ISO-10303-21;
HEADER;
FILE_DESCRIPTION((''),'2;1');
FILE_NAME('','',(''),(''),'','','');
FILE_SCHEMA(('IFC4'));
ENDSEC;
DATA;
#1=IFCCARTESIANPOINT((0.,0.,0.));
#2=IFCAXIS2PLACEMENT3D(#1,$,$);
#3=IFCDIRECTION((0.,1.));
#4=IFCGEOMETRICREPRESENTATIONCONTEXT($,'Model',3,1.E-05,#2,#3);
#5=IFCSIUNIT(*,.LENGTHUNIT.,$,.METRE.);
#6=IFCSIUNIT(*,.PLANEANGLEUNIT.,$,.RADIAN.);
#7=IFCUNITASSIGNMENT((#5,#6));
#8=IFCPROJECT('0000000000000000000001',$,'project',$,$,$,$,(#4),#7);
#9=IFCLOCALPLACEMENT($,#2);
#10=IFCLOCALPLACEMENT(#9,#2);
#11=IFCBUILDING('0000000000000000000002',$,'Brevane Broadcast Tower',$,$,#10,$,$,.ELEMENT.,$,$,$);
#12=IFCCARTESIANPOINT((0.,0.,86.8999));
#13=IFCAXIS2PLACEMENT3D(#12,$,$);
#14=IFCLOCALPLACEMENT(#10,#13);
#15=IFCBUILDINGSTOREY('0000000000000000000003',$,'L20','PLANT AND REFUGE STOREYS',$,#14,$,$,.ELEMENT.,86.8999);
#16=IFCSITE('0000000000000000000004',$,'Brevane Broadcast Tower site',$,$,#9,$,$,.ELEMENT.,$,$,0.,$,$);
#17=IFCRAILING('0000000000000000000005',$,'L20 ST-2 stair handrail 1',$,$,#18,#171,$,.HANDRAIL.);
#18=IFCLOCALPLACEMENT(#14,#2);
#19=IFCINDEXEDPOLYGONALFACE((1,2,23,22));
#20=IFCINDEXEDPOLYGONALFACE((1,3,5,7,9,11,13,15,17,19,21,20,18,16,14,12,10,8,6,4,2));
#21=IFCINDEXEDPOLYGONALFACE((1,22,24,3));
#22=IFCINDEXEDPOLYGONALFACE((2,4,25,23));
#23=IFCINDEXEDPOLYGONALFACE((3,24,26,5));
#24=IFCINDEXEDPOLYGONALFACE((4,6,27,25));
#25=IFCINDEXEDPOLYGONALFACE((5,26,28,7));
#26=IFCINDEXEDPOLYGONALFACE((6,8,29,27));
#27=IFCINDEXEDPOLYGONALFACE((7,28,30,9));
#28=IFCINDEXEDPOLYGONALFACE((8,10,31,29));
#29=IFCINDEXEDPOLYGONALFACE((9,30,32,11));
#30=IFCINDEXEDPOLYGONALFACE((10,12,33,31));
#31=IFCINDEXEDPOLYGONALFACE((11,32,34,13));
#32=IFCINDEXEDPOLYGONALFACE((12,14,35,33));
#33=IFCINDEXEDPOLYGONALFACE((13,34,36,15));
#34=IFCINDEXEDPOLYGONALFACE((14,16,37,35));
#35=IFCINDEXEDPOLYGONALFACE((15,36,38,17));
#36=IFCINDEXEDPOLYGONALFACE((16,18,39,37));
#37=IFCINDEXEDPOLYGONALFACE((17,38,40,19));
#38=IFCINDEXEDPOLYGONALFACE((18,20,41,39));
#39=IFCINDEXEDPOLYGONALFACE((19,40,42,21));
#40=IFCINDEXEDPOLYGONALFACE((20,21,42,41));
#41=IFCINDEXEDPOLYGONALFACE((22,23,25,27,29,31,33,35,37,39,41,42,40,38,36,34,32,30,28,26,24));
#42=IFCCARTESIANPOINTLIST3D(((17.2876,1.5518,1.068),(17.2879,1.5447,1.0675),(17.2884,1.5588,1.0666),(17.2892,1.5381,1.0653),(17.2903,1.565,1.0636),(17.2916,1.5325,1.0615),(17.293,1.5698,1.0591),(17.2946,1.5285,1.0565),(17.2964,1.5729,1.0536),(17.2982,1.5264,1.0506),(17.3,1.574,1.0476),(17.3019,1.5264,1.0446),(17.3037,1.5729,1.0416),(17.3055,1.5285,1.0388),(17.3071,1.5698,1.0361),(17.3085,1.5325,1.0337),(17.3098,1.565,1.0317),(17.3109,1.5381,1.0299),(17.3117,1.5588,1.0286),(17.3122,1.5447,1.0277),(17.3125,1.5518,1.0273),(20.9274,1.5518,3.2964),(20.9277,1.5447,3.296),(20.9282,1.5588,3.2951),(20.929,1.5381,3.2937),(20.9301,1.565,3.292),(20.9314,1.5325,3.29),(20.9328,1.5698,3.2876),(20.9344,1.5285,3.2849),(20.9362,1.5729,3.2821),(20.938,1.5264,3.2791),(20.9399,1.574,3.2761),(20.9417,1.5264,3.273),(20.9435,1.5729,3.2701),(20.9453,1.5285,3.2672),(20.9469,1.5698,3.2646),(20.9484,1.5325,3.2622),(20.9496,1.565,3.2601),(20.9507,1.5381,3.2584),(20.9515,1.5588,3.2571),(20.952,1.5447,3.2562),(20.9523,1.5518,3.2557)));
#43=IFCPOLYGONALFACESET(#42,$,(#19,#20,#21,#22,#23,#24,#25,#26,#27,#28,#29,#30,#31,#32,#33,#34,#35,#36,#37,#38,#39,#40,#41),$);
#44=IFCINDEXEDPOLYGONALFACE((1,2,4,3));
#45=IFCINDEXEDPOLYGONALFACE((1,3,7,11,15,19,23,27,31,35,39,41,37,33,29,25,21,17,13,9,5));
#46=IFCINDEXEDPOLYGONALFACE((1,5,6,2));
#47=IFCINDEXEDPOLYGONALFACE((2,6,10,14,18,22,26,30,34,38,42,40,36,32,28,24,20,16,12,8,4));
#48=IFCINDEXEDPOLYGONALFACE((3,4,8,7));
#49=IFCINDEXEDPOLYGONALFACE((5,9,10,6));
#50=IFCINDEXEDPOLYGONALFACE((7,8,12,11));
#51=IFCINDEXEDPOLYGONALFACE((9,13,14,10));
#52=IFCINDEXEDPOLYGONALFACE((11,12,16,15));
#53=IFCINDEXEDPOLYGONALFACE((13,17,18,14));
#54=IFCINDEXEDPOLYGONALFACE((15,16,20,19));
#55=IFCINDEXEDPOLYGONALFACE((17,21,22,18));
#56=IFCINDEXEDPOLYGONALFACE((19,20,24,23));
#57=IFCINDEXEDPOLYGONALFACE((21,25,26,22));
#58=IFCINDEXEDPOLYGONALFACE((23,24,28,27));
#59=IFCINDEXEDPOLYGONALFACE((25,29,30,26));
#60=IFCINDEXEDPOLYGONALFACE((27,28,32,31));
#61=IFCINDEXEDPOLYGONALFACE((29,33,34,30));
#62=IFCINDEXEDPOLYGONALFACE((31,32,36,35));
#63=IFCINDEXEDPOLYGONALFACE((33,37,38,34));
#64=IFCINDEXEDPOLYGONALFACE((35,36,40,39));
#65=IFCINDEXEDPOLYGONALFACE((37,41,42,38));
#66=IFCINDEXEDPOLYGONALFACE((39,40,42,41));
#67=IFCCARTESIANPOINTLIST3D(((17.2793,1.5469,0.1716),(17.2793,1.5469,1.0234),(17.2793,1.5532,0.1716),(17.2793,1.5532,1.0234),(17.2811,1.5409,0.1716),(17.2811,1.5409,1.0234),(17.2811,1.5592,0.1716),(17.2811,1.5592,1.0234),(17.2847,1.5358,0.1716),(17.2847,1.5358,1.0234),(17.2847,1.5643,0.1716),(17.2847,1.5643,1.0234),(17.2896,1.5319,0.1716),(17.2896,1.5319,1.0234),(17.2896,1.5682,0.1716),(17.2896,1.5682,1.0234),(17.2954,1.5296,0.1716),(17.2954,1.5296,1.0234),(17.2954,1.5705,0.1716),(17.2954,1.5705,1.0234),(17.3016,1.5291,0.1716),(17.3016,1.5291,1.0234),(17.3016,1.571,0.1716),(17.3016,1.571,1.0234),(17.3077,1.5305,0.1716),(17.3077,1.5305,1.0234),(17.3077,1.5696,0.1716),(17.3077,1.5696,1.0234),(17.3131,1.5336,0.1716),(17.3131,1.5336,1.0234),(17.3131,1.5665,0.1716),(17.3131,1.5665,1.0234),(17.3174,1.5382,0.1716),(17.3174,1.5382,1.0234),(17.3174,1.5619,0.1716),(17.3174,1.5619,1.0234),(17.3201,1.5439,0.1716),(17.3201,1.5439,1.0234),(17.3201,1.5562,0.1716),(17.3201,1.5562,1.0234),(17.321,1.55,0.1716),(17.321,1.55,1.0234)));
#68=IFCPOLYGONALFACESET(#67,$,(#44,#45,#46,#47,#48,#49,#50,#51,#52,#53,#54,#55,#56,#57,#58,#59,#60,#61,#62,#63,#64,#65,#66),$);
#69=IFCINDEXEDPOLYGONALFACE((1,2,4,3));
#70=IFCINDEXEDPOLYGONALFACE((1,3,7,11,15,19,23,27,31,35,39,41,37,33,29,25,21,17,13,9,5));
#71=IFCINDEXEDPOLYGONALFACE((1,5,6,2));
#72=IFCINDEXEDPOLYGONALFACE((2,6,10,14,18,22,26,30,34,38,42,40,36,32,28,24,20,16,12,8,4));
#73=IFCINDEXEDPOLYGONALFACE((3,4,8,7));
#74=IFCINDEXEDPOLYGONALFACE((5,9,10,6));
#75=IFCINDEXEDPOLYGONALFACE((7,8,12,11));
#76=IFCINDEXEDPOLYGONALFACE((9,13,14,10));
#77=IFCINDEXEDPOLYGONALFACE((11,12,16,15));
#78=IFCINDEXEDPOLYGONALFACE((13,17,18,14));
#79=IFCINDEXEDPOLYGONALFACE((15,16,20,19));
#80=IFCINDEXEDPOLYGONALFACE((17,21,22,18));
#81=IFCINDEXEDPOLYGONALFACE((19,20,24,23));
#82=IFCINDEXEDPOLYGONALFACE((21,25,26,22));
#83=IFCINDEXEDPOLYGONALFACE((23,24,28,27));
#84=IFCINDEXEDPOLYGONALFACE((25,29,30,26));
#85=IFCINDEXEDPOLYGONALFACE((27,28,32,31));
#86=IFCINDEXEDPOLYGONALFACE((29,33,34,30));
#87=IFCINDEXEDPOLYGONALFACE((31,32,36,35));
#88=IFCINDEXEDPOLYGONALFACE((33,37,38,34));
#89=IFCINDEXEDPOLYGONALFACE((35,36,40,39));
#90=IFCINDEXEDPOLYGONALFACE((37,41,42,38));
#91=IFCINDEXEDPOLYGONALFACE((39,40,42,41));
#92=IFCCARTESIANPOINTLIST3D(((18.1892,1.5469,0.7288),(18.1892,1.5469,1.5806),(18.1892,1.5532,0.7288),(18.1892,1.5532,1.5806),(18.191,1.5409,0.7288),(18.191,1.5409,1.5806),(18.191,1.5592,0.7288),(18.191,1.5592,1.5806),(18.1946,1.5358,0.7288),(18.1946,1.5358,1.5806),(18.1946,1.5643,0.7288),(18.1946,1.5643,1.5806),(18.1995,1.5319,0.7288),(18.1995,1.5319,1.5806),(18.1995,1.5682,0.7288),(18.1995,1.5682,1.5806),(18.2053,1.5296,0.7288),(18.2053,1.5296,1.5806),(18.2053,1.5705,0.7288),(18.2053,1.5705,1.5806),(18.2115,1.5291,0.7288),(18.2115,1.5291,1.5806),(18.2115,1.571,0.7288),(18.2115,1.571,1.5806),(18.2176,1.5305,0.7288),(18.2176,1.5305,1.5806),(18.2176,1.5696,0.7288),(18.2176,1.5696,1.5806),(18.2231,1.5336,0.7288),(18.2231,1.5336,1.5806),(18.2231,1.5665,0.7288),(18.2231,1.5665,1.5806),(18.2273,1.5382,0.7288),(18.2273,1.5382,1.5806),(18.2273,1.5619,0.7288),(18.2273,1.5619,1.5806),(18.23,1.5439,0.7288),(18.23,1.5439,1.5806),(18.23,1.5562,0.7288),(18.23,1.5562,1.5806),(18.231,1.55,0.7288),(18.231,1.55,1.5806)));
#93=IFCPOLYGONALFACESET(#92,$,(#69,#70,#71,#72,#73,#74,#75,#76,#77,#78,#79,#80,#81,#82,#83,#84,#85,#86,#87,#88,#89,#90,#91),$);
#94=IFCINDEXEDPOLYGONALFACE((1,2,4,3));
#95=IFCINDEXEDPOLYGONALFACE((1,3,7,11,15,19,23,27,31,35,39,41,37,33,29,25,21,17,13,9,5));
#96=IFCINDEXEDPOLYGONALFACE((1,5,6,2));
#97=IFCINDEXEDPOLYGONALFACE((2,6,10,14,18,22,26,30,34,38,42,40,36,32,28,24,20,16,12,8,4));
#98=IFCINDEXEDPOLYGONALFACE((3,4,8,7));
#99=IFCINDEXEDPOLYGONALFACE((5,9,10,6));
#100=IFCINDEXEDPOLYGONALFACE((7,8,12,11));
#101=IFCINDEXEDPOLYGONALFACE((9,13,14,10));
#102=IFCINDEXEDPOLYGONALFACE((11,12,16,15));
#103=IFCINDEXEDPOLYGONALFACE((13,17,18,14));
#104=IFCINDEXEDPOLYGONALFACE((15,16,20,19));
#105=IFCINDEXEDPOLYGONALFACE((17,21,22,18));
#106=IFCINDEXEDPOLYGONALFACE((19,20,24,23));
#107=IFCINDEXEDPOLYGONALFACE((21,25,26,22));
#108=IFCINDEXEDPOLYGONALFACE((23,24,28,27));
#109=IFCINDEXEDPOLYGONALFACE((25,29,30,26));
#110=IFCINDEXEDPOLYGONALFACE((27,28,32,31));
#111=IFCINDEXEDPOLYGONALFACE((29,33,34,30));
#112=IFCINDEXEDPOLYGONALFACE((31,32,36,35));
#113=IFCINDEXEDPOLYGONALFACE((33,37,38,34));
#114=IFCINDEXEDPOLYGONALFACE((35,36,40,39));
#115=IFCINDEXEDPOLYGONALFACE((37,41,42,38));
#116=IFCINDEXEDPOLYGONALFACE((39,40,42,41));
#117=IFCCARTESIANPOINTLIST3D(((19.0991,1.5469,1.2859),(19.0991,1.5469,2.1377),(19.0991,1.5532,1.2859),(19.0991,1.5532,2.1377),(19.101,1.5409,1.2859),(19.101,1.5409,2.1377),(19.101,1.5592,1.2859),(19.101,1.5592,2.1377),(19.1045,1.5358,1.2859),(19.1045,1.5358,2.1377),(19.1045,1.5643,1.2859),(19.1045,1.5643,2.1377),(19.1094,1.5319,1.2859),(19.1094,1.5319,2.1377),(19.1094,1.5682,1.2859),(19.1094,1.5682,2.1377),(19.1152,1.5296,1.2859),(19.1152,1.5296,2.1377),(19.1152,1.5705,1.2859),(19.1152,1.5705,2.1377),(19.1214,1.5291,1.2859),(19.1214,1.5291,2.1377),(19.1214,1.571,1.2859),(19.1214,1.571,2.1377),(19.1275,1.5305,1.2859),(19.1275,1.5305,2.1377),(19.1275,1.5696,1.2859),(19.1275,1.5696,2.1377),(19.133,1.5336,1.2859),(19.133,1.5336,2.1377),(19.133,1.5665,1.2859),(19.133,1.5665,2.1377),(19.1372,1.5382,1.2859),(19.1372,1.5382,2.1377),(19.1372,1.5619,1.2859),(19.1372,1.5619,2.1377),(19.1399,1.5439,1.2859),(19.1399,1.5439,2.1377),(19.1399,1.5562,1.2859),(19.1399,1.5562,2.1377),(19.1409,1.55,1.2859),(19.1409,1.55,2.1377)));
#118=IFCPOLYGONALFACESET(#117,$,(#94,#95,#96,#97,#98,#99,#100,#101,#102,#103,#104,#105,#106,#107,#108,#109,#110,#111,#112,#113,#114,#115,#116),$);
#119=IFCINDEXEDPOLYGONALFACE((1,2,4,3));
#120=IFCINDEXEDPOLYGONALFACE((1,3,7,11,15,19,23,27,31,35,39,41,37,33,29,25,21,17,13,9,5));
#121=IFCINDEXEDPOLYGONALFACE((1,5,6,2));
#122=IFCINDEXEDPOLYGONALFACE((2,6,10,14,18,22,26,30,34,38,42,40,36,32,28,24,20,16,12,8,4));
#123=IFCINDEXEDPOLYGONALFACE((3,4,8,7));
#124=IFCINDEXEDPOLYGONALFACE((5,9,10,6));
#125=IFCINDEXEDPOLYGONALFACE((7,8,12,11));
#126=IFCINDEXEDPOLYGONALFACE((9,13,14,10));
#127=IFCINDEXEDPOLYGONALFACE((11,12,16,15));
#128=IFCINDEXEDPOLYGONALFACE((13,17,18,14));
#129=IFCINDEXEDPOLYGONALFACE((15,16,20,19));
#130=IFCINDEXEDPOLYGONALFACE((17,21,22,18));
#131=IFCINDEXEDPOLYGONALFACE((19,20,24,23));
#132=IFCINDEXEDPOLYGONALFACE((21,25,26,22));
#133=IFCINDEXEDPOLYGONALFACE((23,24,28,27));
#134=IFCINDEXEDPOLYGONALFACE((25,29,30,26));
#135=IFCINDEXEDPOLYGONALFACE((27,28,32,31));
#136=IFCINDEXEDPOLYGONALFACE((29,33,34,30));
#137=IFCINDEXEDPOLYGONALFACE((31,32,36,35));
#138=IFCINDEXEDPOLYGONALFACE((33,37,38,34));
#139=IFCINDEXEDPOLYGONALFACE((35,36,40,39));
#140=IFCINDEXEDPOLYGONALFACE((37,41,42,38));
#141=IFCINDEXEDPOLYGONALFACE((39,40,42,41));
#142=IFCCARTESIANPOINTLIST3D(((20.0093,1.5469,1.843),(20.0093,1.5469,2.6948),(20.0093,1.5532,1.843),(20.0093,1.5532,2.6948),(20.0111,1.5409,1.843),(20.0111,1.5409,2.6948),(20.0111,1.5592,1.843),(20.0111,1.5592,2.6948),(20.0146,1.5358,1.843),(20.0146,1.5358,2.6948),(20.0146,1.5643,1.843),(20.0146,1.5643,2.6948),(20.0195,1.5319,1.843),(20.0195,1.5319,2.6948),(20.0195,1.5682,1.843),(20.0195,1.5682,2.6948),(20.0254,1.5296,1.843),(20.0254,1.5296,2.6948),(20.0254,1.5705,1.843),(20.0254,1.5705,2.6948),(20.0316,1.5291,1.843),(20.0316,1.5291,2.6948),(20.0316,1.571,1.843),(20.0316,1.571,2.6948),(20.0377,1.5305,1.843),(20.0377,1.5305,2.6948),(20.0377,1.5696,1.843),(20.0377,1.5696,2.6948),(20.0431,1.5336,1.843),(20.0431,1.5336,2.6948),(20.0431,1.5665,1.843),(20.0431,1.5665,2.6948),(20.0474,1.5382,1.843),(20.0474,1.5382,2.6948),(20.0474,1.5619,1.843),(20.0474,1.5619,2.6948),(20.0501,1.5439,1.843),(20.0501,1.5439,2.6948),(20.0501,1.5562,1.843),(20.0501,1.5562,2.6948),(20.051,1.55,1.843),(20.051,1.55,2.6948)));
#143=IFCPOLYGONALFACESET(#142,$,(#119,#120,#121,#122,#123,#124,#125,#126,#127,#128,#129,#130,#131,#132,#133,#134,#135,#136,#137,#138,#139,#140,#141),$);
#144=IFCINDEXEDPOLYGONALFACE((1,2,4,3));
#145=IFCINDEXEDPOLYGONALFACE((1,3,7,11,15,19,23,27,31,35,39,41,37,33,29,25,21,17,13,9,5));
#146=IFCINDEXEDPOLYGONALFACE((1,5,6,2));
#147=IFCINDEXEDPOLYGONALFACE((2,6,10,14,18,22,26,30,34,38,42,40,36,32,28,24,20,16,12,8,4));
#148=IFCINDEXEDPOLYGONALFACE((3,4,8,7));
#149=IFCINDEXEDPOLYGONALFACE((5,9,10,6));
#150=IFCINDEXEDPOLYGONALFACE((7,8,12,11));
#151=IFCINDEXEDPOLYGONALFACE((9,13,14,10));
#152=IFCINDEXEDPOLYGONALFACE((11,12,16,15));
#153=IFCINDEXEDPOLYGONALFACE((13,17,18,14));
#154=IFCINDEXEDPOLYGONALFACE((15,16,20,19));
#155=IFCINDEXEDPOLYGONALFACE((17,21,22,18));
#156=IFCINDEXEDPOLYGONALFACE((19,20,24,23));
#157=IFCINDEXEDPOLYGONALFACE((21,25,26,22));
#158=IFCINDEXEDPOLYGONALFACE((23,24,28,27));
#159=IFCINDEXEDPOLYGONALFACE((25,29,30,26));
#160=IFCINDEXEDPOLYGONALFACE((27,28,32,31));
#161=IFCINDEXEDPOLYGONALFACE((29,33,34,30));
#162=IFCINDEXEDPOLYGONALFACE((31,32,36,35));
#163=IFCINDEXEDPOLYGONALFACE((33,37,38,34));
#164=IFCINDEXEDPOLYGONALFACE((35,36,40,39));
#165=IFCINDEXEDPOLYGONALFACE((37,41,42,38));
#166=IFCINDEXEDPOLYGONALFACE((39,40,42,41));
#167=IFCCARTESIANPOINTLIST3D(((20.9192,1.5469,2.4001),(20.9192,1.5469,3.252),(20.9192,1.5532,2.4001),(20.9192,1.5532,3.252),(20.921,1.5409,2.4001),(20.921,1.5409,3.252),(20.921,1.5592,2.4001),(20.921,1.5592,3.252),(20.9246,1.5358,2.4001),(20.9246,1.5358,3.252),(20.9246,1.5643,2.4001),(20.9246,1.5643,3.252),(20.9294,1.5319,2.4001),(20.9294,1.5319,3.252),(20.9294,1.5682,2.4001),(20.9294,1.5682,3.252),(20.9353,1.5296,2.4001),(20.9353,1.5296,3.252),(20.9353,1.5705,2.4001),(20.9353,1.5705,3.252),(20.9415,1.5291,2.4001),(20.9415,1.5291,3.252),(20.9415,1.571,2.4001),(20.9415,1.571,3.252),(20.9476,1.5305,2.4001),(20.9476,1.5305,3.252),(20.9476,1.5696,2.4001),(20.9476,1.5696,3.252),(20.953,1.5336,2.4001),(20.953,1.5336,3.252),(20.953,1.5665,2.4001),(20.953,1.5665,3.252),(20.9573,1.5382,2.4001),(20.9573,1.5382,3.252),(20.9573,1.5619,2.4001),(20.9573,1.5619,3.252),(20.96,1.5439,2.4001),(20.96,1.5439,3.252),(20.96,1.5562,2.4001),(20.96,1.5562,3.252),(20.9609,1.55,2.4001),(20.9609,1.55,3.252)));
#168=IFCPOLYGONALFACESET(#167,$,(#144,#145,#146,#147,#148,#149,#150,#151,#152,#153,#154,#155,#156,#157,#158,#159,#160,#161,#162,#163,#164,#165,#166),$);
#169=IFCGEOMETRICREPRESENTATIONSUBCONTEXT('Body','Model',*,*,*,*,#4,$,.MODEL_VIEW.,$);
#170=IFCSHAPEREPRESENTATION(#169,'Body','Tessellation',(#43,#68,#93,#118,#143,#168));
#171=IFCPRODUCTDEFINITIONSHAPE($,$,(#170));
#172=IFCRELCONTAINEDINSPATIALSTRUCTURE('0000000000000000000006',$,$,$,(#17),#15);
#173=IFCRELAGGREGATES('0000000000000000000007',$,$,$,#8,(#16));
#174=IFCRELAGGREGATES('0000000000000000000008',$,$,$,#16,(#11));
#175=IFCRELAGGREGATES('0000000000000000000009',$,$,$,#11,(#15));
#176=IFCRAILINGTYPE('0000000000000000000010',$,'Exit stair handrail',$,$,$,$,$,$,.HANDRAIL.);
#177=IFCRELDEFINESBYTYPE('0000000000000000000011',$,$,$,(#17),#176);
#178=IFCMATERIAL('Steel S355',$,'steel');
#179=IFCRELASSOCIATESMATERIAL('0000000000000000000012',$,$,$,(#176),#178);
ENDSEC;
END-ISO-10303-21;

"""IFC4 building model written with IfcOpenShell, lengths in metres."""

from ifc_helpers import new_model, si_unit, direction, frame, origin, origin_2d, place, context, subcontext, project, spatial, circle, extrude, material, type_object, element, save


model = new_model("IFC4")

# Units and contexts
model_context = context("Model", 3, precision=1e-05, world=origin(), true_north=direction((0.0, 1.0)))
body_context = subcontext(model_context, "Body", "Model", "MODEL_VIEW")
ifc_project = project(units=[si_unit("LENGTHUNIT", "METRE"), si_unit("PLANEANGLEUNIT", "RADIAN")], contexts=[model_context])

# Site, building, storey
site_placement = place(None, origin())
site = spatial("IfcSite", under=ifc_project, at=site_placement, Name="Brevane Broadcast Tower site", CompositionType="ELEMENT", RefElevation=0.0)
building_placement = place(site_placement, origin())
building = spatial("IfcBuilding", under=site, at=building_placement, Name="Brevane Broadcast Tower", CompositionType="ELEMENT")
storey_placement = place(building_placement, frame((0.0, 0.0, 86.8999)))
storey = spatial("IfcBuildingStorey", under=building, at=storey_placement, Name="L20", Description="PLANT AND REFUGE STOREYS", CompositionType="ELEMENT", Elevation=86.8999)

# Railing
ifc_material_1 = material(Name="Steel S355", Category="steel")
railing_type = type_object("IfcRailingType", Name="Exit stair handrail", PredefinedType="HANDRAIL", material=ifc_material_1)
railing_placement = place(storey_placement, frame((17.3, 1.55, 0.1716)))
element("IfcRailing", 1, at=railing_placement, inside=storey, type_object=railing_type, Name="L20 ST-2 stair handrail 1", PredefinedType="HANDRAIL", context=body_context, shape_type="SweptSolid", body=[
    extrude(circle(Radius=0.0239, at=origin_2d()), frame((0.0, 0.0, 0.876), z_axis=(0.85285, 0.0, 0.522156), x_axis=(0.0, 1.0, 0.0)), (0.0, 0.0, 1.0), 4.2678),
    extrude(circle(Radius=0.021, at=origin_2d()), origin(), (0.0, 0.0, 1.0), 0.8518),
    extrude(circle(Radius=0.021, at=origin_2d()), frame((0.9099, 0.0, 0.5571)), (0.0, 0.0, 1.0), 0.8518),
    extrude(circle(Radius=0.021, at=origin_2d()), frame((1.8198, 0.0, 1.1143)), (0.0, 0.0, 1.0), 0.8518),
    extrude(circle(Radius=0.021, at=origin_2d()), frame((2.73, 0.0, 1.6714)), (0.0, 0.0, 1.0), 0.8518),
    extrude(circle(Radius=0.021, at=origin_2d()), frame((3.6399, 0.0, 2.2285)), (0.0, 0.0, 1.0), 0.8518),
])

save(model, "model.ifc")
